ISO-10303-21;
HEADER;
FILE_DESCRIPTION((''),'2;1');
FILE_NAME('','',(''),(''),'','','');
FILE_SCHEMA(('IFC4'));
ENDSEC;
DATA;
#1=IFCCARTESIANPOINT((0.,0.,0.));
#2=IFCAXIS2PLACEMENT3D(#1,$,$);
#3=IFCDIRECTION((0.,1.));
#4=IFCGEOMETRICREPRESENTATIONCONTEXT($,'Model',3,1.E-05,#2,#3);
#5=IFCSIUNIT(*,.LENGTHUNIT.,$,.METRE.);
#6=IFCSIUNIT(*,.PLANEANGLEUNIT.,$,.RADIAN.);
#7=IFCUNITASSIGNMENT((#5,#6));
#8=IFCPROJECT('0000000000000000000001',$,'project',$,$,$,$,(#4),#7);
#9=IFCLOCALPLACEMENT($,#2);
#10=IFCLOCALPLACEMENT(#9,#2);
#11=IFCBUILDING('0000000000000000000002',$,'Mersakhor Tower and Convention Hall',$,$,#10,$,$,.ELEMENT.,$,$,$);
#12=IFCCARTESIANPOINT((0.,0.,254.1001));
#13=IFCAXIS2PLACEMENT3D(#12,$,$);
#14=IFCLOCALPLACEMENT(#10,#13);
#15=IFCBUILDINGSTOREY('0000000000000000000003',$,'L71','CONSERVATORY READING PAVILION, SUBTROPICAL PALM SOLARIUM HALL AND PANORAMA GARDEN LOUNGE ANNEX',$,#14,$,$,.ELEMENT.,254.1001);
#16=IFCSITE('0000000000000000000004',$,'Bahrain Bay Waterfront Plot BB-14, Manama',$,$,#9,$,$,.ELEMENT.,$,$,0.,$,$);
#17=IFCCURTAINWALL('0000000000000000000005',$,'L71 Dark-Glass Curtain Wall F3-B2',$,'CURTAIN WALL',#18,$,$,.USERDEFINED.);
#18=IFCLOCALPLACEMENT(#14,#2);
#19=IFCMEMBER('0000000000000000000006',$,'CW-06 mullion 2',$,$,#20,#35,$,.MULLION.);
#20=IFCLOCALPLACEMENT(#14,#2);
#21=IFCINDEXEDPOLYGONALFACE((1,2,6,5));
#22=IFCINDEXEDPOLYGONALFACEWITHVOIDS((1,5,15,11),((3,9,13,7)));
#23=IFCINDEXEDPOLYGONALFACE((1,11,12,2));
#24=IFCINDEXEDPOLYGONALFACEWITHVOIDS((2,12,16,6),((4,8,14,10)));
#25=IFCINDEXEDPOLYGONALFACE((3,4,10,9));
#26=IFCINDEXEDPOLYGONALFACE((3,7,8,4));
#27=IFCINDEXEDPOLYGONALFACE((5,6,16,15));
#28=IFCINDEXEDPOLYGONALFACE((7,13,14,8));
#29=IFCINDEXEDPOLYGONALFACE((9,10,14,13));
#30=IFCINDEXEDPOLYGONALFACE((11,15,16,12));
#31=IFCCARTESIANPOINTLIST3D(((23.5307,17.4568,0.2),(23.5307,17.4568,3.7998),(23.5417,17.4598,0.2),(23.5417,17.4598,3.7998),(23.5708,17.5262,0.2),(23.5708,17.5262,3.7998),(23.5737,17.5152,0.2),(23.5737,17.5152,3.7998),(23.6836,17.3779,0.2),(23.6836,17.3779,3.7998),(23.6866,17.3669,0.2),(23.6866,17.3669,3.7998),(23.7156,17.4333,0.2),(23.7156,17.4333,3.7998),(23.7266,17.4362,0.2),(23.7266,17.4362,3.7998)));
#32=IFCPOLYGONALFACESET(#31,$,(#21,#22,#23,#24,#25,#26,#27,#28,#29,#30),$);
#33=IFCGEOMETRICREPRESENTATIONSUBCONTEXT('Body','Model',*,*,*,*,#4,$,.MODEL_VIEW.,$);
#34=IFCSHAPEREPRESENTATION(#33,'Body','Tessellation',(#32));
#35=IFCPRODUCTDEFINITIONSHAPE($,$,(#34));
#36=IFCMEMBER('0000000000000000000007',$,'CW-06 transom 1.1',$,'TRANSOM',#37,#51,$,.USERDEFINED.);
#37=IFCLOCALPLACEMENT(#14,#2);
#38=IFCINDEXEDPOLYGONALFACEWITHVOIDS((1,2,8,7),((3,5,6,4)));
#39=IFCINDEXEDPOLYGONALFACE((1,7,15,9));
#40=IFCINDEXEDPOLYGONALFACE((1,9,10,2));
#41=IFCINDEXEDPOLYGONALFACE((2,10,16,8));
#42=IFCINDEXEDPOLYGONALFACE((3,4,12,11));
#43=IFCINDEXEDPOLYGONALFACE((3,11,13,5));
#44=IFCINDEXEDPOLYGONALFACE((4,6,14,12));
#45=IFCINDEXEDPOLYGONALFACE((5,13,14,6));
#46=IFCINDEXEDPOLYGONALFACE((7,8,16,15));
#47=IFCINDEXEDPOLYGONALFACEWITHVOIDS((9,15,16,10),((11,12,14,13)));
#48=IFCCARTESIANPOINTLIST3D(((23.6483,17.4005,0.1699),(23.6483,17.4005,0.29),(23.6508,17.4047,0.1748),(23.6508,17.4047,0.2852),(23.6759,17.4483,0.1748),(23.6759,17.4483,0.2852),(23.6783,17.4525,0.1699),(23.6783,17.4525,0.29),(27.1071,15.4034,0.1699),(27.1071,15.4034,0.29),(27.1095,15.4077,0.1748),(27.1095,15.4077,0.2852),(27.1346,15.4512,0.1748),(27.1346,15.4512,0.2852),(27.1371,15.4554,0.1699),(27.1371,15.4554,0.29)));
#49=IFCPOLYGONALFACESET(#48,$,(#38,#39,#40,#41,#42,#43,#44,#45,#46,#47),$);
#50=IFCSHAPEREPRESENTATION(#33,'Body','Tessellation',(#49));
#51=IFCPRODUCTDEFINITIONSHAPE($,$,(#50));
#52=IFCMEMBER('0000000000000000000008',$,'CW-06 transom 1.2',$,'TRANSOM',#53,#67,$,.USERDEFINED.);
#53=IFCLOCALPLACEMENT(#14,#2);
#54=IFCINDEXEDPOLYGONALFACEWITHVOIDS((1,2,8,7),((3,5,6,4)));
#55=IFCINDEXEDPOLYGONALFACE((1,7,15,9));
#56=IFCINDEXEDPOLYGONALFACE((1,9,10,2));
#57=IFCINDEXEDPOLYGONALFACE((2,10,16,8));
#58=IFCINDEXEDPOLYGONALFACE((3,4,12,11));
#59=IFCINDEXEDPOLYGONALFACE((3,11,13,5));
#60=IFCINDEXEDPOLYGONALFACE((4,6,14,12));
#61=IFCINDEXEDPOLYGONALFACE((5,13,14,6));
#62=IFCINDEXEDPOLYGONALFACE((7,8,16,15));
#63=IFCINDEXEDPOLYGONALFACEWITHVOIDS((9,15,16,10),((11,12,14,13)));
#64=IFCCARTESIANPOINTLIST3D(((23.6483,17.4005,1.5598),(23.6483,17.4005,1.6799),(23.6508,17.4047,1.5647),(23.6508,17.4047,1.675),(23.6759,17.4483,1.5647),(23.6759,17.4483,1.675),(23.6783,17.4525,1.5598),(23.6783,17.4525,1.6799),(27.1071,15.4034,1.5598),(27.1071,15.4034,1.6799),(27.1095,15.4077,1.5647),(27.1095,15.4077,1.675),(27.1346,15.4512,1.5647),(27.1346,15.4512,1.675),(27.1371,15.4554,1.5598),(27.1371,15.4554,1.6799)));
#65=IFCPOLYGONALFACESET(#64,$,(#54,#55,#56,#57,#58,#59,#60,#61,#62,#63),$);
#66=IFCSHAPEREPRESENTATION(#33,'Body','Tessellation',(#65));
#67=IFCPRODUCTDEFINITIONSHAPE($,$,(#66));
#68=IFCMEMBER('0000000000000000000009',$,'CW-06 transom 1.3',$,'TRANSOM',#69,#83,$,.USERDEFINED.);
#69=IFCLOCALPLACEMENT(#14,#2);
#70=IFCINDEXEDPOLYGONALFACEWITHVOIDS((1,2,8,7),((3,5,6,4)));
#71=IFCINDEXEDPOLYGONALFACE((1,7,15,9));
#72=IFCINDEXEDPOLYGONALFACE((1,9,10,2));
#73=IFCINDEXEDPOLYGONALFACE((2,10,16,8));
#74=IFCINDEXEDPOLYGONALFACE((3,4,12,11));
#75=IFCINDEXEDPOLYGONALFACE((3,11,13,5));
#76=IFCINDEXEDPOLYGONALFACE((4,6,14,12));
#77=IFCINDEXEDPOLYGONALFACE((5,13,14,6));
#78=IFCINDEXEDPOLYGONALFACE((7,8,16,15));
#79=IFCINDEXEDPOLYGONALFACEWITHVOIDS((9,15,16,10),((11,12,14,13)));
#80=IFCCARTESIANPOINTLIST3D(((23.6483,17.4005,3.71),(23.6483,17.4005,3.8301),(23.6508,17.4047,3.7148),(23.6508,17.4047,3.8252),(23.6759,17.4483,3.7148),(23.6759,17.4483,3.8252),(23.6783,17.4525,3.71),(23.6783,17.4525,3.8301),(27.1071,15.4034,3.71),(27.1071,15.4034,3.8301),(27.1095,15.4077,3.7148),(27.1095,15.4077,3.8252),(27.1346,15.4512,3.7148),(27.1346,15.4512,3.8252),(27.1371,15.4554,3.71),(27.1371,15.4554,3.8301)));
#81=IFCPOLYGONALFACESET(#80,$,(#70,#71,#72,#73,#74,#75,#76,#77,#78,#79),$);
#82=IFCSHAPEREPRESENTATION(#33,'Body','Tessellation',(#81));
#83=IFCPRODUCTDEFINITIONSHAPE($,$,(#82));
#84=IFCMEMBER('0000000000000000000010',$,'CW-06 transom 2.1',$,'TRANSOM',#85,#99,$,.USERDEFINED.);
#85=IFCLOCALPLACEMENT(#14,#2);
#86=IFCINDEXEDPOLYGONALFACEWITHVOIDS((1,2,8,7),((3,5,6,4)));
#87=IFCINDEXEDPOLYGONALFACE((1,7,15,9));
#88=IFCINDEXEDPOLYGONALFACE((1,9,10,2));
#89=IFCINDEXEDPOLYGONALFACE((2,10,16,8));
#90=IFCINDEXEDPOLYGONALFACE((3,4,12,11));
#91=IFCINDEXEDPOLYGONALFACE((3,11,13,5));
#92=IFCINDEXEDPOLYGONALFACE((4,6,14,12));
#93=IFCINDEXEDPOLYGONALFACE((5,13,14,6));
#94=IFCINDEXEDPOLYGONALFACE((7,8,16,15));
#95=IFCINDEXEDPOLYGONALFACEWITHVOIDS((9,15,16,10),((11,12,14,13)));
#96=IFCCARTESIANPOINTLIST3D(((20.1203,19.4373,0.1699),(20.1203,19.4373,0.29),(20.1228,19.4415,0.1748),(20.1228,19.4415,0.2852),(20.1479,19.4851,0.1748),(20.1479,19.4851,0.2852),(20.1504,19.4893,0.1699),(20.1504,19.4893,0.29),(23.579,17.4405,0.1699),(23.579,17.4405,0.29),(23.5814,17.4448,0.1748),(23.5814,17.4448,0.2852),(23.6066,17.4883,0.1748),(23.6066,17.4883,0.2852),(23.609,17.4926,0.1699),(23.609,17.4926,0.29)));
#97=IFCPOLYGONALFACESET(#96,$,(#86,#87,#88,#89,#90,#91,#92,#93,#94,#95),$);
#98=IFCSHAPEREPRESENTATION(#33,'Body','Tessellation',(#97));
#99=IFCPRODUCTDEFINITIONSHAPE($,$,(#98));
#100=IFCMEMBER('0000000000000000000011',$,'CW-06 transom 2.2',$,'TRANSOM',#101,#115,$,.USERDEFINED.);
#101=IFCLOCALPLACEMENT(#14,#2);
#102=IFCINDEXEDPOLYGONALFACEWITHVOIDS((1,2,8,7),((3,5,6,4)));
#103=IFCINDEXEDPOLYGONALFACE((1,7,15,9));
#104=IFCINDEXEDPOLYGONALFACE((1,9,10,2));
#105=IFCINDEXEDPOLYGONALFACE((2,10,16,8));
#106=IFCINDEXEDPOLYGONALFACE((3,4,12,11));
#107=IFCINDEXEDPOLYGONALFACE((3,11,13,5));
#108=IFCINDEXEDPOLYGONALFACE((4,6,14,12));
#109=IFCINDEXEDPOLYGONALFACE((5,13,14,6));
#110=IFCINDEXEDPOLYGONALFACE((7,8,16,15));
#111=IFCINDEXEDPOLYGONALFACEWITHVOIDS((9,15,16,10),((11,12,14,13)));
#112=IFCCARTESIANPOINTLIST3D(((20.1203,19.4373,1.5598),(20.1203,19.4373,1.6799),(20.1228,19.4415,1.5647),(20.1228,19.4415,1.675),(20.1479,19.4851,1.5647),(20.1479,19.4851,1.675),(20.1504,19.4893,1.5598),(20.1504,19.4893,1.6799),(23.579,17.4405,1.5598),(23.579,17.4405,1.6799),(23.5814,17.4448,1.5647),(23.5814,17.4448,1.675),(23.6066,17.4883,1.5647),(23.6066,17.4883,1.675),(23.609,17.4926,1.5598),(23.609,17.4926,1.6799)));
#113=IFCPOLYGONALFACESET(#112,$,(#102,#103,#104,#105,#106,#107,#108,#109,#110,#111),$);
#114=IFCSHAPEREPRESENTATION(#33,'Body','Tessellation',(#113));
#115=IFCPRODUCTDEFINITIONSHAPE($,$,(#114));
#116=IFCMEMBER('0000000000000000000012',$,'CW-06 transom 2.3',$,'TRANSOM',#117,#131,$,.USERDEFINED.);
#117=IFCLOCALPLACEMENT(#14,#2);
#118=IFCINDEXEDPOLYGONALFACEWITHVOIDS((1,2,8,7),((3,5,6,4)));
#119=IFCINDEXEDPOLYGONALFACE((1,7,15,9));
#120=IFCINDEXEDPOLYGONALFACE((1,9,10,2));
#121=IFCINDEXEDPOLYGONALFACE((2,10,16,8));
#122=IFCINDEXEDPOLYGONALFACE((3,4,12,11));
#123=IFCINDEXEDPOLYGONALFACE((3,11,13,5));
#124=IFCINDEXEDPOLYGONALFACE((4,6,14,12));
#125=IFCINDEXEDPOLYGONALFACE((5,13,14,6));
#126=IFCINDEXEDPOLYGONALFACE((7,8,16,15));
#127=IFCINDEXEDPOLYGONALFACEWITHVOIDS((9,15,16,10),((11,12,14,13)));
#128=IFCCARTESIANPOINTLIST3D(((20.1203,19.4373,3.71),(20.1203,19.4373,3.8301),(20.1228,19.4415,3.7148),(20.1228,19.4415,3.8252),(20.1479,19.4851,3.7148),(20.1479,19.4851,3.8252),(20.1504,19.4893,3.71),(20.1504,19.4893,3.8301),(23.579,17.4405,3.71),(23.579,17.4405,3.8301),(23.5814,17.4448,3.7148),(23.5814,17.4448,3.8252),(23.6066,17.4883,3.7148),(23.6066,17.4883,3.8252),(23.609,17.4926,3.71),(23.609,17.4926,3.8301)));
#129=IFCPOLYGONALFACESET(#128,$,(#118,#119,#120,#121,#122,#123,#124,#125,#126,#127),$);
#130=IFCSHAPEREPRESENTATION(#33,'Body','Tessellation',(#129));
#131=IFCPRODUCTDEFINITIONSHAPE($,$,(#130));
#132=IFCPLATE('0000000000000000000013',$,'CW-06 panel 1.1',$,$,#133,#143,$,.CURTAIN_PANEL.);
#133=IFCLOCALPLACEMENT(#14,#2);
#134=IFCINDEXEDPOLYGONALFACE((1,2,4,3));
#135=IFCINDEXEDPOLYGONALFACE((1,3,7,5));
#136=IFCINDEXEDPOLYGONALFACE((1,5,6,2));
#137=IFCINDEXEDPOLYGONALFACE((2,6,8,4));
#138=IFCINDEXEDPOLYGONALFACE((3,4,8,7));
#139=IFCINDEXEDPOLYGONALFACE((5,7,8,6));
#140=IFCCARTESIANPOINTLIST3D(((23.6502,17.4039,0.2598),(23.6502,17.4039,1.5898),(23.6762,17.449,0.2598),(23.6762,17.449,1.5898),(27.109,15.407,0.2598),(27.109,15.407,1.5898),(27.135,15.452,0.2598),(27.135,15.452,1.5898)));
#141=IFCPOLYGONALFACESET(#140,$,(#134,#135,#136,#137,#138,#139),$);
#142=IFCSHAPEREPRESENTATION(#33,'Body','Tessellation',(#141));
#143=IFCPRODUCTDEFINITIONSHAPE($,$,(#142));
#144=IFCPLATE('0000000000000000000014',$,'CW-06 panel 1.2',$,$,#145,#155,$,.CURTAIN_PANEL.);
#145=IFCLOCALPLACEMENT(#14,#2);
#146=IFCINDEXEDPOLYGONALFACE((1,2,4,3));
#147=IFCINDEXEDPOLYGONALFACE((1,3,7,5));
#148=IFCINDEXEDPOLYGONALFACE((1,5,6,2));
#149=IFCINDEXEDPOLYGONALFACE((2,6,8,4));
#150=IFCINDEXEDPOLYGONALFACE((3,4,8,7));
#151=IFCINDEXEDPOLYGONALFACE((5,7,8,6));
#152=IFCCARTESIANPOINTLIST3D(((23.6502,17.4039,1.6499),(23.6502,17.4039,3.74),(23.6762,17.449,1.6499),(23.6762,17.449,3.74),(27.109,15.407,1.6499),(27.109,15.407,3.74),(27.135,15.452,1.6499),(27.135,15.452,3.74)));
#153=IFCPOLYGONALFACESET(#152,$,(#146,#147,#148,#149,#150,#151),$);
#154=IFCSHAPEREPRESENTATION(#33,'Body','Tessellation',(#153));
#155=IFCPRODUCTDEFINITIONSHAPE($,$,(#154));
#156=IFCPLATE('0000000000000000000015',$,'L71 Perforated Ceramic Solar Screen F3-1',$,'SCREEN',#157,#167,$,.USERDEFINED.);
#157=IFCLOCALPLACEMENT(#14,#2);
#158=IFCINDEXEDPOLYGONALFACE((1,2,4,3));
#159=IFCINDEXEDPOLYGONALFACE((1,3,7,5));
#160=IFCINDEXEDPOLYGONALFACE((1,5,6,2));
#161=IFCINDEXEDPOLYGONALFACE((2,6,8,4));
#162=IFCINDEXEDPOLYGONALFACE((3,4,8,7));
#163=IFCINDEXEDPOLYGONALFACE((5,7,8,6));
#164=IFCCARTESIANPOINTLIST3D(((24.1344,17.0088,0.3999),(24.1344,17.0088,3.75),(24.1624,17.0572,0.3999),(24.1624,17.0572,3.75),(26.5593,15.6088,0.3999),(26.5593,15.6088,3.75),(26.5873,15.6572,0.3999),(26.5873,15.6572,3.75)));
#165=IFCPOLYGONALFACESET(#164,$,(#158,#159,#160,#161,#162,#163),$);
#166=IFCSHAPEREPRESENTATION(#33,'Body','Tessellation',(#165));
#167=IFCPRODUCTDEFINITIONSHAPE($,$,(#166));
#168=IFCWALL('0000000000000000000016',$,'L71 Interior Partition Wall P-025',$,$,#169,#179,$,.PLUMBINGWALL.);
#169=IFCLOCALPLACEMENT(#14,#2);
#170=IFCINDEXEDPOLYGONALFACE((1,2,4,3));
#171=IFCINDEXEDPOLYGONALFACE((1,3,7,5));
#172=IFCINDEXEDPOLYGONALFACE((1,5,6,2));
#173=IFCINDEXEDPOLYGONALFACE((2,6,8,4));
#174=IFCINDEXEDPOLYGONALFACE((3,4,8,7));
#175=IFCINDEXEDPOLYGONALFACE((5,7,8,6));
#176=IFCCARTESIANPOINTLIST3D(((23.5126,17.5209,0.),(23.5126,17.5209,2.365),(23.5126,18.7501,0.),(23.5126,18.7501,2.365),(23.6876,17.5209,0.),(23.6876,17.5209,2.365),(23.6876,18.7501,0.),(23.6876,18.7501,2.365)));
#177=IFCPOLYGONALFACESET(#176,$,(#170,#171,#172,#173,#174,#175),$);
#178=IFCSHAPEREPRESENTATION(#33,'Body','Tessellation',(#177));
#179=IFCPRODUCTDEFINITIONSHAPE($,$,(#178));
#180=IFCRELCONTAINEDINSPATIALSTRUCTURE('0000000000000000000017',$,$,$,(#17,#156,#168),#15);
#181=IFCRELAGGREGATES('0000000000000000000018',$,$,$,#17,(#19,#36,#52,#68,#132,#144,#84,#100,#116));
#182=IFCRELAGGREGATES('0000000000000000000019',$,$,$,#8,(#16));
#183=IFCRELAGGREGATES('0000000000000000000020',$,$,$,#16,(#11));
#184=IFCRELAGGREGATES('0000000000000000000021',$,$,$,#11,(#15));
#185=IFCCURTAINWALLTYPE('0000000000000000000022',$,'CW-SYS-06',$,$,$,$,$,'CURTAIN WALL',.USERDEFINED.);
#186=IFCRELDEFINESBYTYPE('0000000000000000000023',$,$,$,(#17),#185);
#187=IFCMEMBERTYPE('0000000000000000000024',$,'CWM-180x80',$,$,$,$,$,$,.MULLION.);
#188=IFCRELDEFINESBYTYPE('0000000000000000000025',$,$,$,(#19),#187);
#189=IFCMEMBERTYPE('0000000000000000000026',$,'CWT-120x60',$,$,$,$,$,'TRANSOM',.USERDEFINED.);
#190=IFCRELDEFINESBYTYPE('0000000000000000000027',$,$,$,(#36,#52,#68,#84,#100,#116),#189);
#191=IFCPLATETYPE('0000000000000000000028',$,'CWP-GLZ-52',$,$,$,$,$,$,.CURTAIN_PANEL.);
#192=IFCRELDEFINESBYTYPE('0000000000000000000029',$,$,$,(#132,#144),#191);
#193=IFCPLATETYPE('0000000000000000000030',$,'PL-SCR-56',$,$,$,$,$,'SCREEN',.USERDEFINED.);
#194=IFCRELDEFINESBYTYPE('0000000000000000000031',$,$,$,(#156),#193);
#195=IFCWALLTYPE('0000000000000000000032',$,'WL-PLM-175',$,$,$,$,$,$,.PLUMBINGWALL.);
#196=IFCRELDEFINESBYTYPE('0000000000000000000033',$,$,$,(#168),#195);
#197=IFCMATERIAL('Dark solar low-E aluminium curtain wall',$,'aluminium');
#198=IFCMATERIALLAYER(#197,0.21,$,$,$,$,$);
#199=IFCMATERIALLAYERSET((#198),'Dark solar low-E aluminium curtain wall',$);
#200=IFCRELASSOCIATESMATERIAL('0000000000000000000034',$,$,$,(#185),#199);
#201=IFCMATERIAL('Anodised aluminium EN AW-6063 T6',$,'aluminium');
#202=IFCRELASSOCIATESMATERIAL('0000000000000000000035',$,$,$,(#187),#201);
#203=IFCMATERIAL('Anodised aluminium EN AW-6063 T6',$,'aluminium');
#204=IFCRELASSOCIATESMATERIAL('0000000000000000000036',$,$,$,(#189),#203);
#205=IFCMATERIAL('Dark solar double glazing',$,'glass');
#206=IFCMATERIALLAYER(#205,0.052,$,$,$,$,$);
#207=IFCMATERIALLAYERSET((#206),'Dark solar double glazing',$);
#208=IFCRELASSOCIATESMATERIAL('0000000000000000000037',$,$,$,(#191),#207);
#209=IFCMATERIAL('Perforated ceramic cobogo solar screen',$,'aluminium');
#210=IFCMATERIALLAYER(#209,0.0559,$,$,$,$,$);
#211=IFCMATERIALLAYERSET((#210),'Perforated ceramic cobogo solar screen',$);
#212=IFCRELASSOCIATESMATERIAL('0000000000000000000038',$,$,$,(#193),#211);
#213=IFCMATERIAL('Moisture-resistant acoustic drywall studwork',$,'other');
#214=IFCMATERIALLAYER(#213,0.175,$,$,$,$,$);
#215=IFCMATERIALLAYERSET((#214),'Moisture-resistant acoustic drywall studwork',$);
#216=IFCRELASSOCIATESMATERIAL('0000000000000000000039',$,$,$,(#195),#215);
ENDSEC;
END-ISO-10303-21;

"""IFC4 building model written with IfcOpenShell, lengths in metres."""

from ifc_helpers import new_model, si_unit, direction, frame, frame_2d, origin, origin_2d, place, context, subcontext, project, spatial, rectangle, hollow_rectangle, extrude, material, layer, layer_set, material_profile, profile_set, type_object, element, aggregate, save


model = new_model("IFC4")

# Units and contexts
model_context = context("Model", 3, precision=1e-05, world=origin(), true_north=direction((0.0, 1.0)))
body_context = subcontext(model_context, "Body", "Model", "MODEL_VIEW")
ifc_project = project(units=[si_unit("LENGTHUNIT", "METRE"), si_unit("PLANEANGLEUNIT", "RADIAN")], contexts=[model_context])

# Site, building, storey
site_placement = place(None, origin())
site = spatial("IfcSite", under=ifc_project, at=site_placement, Name="Bahrain Bay Waterfront Plot BB-14, Manama", CompositionType="ELEMENT", RefElevation=0.0)
building_placement = place(site_placement, origin())
building = spatial("IfcBuilding", under=site, at=building_placement, Name="Mersakhor Tower and Convention Hall", CompositionType="ELEMENT")
storey_placement = place(building_placement, frame((0.0, 0.0, 254.1001)))
storey = spatial("IfcBuildingStorey", under=building, at=storey_placement, Name="L71", Description="CONSERVATORY READING PAVILION, SUBTROPICAL PALM SOLARIUM HALL AND PANORAMA GARDEN LOUNGE ANNEX", CompositionType="ELEMENT", Elevation=254.1001)

# Curtain wall, members, plates
ifc_material_1 = material(Name="Dark solar low-E aluminium curtain wall", Category="aluminium")
ifc_layer_1 = layer(ifc_material_1, 0.21)
ifc_layer_set_1 = layer_set([ifc_layer_1], Name="Dark solar low-E aluminium curtain wall")
curtain_wall_type = type_object("IfcCurtainWallType", Name="CW-SYS-06", ElementType="CURTAIN WALL", PredefinedType="USERDEFINED", material=ifc_layer_set_1)
curtain_wall_placement = place(storey_placement, origin())
curtain_wall = element("IfcCurtainWall", 1, at=curtain_wall_placement, inside=storey, type_object=curtain_wall_type, Name="L71 Dark-Glass Curtain Wall F3-B2", ObjectType="CURTAIN WALL", PredefinedType="USERDEFINED")
ifc_material_2 = material(Name="Anodised aluminium EN AW-6063 T6", Category="aluminium")
ifc_material_profile_1 = material_profile(ifc_material_2, hollow_rectangle(XDim=0.0801, YDim=0.1799, WallThickness=0.0081, at=origin_2d()), Name="RHS 180x80x8")
ifc_profile_set_1 = profile_set([ifc_material_profile_1], Name="Anodised aluminium EN AW-6063 T6")
member_type_1 = type_object("IfcMemberType", Name="CWM-180x80", PredefinedType="MULLION", material=ifc_profile_set_1)
member_1_placement = place(storey_placement, frame((23.6287, 17.4465, 0.2), z_axis=(0.0, 0.0, 1.0), x_axis=(-0.500004, -0.866023, 0.0)))
member_1 = element("IfcMember", 2, at=member_1_placement, type_object=member_type_1, Name="CW-06 mullion 2", PredefinedType="MULLION", context=body_context, shape_type="SweptSolid", body=[
    extrude(hollow_rectangle(XDim=0.0801, YDim=0.1799, WallThickness=0.0081, at=origin_2d()), origin(), (0.0, 0.0, 1.0), 3.5999),
])
ifc_material_3 = material(Name="Anodised aluminium EN AW-6063 T6", Category="aluminium")
ifc_material_profile_2 = material_profile(ifc_material_3, hollow_rectangle(XDim=0.0601, YDim=0.1201, WallThickness=0.0049, at=origin_2d()), Name="RHS 120x60x5")
ifc_profile_set_2 = profile_set([ifc_material_profile_2], Name="Anodised aluminium EN AW-6063 T6")
member_type_2 = type_object("IfcMemberType", Name="CWT-120x60", ElementType="TRANSOM", PredefinedType="USERDEFINED", material=ifc_profile_set_2)
member_2_placement = place(storey_placement, frame((27.1221, 15.4294, 0.23), z_axis=(-0.866007, 0.500031, 0.0), x_axis=(-0.500031, -0.866007, 0.0)))
member_2 = element("IfcMember", 3, at=member_2_placement, type_object=member_type_2, Name="CW-06 transom 1.1", ObjectType="TRANSOM", PredefinedType="USERDEFINED", context=body_context, shape_type="SweptSolid", body=[
    extrude(hollow_rectangle(XDim=0.0601, YDim=0.1201, WallThickness=0.0049, at=origin_2d()), origin(), (0.0, 0.0, 1.0), 3.9939),
])
member_3_placement = place(storey_placement, frame((27.1221, 15.4294, 1.6199), z_axis=(-0.866007, 0.500031, 0.0), x_axis=(-0.500031, -0.866007, 0.0)))
member_3 = element("IfcMember", 4, at=member_3_placement, type_object=member_type_2, Name="CW-06 transom 1.2", ObjectType="TRANSOM", PredefinedType="USERDEFINED", context=body_context, shape_type="SweptSolid", body=[
    extrude(hollow_rectangle(XDim=0.0601, YDim=0.1201, WallThickness=0.0049, at=origin_2d()), origin(), (0.0, 0.0, 1.0), 3.9939),
])
member_4_placement = place(storey_placement, frame((27.1221, 15.4294, 3.77), z_axis=(-0.866007, 0.500031, 0.0), x_axis=(-0.500031, -0.866007, 0.0)))
member_4 = element("IfcMember", 5, at=member_4_placement, type_object=member_type_2, Name="CW-06 transom 1.3", ObjectType="TRANSOM", PredefinedType="USERDEFINED", context=body_context, shape_type="SweptSolid", body=[
    extrude(hollow_rectangle(XDim=0.0601, YDim=0.1201, WallThickness=0.0049, at=origin_2d()), origin(), (0.0, 0.0, 1.0), 3.9939),
])
member_5_placement = place(storey_placement, frame((23.594, 17.4666, 0.23), z_axis=(-0.866034, 0.499985, 0.0), x_axis=(-0.499985, -0.866034, 0.0)))
member_5 = element("IfcMember", 6, at=member_5_placement, type_object=member_type_2, Name="CW-06 transom 2.1", ObjectType="TRANSOM", PredefinedType="USERDEFINED", context=body_context, shape_type="SweptSolid", body=[
    extrude(hollow_rectangle(XDim=0.0601, YDim=0.1201, WallThickness=0.0049, at=origin_2d()), origin(), (0.0, 0.0, 1.0), 3.9937),
])
member_6_placement = place(storey_placement, frame((23.594, 17.4666, 1.6199), z_axis=(-0.866034, 0.499985, 0.0), x_axis=(-0.499985, -0.866034, 0.0)))
member_6 = element("IfcMember", 7, at=member_6_placement, type_object=member_type_2, Name="CW-06 transom 2.2", ObjectType="TRANSOM", PredefinedType="USERDEFINED", context=body_context, shape_type="SweptSolid", body=[
    extrude(hollow_rectangle(XDim=0.0601, YDim=0.1201, WallThickness=0.0049, at=origin_2d()), origin(), (0.0, 0.0, 1.0), 3.9937),
])
member_7_placement = place(storey_placement, frame((23.594, 17.4666, 3.77), z_axis=(-0.866034, 0.499985, 0.0), x_axis=(-0.499985, -0.866034, 0.0)))
member_7 = element("IfcMember", 8, at=member_7_placement, type_object=member_type_2, Name="CW-06 transom 2.3", ObjectType="TRANSOM", PredefinedType="USERDEFINED", context=body_context, shape_type="SweptSolid", body=[
    extrude(hollow_rectangle(XDim=0.0601, YDim=0.1201, WallThickness=0.0049, at=origin_2d()), origin(), (0.0, 0.0, 1.0), 3.9937),
])
ifc_material_4 = material(Name="Dark solar double glazing", Category="glass")
ifc_layer_2 = layer(ifc_material_4, 0.052)
ifc_layer_set_2 = layer_set([ifc_layer_2], Name="Dark solar double glazing")
plate_type_1 = type_object("IfcPlateType", Name="CWP-GLZ-52", PredefinedType="CURTAIN_PANEL", material=ifc_layer_set_2)
plate_1_placement = place(storey_placement, frame((25.3926, 16.428, 0.2598), z_axis=(0.0, 0.0, 1.0), x_axis=(-0.866023, 0.500004, 0.0)))
plate_1 = element("IfcPlate", 9, at=plate_1_placement, type_object=plate_type_1, Name="CW-06 panel 1.1", PredefinedType="CURTAIN_PANEL", context=body_context, shape_type="SweptSolid", body=[
    extrude(rectangle(XDim=3.9939, YDim=0.052, at=origin_2d()), origin(), (0.0, 0.0, 1.0), 1.3301),
])
plate_2_placement = place(storey_placement, frame((25.3926, 16.428, 1.6499), z_axis=(0.0, 0.0, 1.0), x_axis=(-0.866023, 0.500004, 0.0)))
plate_2 = element("IfcPlate", 10, at=plate_2_placement, type_object=plate_type_1, Name="CW-06 panel 1.2", PredefinedType="CURTAIN_PANEL", context=body_context, shape_type="SweptSolid", body=[
    extrude(rectangle(XDim=3.9939, YDim=0.052, at=origin_2d()), origin(), (0.0, 0.0, 1.0), 2.0901),
])
aggregate(curtain_wall, [member_1, member_2, member_3, member_4, plate_1, plate_2, member_5, member_6, member_7])

# Plate
ifc_material_5 = material(Name="Perforated ceramic cobogo solar screen", Category="aluminium")
ifc_layer_3 = layer(ifc_material_5, 0.0559)
ifc_layer_set_3 = layer_set([ifc_layer_3], Name="Perforated ceramic cobogo solar screen")
plate_type_2 = type_object("IfcPlateType", Name="PL-SCR-56", ElementType="SCREEN", PredefinedType="USERDEFINED", material=ifc_layer_set_3)
plate_3_placement = place(storey_placement, frame((25.3608, 16.333, 0.3999), z_axis=(0.0, 0.0, 1.0), x_axis=(-0.866025, 0.5, 0.0)))
element("IfcPlate", 11, at=plate_3_placement, inside=storey, type_object=plate_type_2, Name="L71 Perforated Ceramic Solar Screen F3-1", ObjectType="SCREEN", PredefinedType="USERDEFINED", context=body_context, shape_type="SweptSolid", body=[
    extrude(rectangle(XDim=2.8, YDim=0.0559, at=origin_2d()), origin(), (0.0, 0.0, 1.0), 3.3501),
])

# Wall
ifc_material_6 = material(Name="Moisture-resistant acoustic drywall studwork", Category="other")
ifc_layer_4 = layer(ifc_material_6, 0.175)
ifc_layer_set_4 = layer_set([ifc_layer_4], Name="Moisture-resistant acoustic drywall studwork")
wall_type = type_object("IfcWallType", Name="WL-PLM-175", PredefinedType="PLUMBINGWALL", material=ifc_layer_set_4)
wall_placement = place(storey_placement, frame((23.6001, 17.5208, 0.0), z_axis=(0.0, 0.0, 1.0), x_axis=(0.0, 1.0, 0.0)))
element("IfcWall", 12, at=wall_placement, inside=storey, type_object=wall_type, Name="L71 Interior Partition Wall P-025", PredefinedType="PLUMBINGWALL", context=body_context, shape_type="SweptSolid", body=[
    extrude(rectangle(XDim=1.2292, YDim=0.175, at=frame_2d((0.6147, 0.0))), origin(), (0.0, 0.0, 1.0), 2.365),
])

save(model, "model.ifc")
